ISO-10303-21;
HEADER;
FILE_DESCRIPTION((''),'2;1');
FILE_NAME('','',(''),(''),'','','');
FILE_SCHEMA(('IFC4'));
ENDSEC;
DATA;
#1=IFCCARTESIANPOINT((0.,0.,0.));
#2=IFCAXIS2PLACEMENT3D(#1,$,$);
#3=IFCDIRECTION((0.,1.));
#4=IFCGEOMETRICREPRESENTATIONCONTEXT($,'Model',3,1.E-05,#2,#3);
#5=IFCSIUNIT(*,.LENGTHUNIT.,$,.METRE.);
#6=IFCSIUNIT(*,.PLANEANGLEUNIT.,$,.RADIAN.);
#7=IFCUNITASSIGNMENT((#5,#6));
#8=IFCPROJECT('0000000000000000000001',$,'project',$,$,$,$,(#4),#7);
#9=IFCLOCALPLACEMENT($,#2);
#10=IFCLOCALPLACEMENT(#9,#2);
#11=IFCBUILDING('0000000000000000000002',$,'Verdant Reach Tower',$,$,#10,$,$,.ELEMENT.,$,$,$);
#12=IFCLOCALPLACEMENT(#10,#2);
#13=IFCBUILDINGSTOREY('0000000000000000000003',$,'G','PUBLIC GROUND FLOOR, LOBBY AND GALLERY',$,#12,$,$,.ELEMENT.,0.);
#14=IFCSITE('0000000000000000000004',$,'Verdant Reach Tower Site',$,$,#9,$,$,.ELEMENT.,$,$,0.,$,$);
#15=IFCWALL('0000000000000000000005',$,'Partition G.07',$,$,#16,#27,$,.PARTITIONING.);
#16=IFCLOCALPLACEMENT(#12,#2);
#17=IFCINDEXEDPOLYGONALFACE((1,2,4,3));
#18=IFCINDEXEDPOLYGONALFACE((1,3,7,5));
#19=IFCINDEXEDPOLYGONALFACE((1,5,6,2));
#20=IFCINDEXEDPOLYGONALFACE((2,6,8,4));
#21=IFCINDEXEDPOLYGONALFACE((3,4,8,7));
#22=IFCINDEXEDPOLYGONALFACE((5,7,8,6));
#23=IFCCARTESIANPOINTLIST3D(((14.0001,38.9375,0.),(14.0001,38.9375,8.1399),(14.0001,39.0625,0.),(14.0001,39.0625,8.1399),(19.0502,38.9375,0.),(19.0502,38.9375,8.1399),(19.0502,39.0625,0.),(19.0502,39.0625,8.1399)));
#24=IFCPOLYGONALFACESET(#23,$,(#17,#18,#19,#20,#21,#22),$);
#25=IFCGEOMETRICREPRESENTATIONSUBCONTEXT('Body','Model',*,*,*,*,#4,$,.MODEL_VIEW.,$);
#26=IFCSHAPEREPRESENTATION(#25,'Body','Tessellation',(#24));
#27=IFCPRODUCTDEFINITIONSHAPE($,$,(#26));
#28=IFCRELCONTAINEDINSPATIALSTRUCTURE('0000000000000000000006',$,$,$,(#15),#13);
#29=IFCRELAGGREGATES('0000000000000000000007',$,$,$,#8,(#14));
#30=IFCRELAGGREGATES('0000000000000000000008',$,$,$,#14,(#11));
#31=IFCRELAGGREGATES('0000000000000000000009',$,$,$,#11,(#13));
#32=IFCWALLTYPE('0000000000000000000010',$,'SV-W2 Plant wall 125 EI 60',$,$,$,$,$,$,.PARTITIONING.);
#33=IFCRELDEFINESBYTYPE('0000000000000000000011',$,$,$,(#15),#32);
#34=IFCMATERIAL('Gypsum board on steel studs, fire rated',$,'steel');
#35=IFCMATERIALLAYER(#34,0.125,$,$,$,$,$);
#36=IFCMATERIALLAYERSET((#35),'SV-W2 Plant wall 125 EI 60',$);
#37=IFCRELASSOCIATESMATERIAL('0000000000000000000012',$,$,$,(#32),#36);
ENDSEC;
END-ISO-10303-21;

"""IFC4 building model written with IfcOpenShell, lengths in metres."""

from ifc_helpers import new_model, si_unit, direction, frame, frame_2d, origin, place, context, subcontext, project, spatial, rectangle, extrude, material, layer, layer_set, type_object, element, save


model = new_model("IFC4")

# Units and contexts
model_context = context("Model", 3, precision=1e-05, world=origin(), true_north=direction((0.0, 1.0)))
body_context = subcontext(model_context, "Body", "Model", "MODEL_VIEW")
ifc_project = project(units=[si_unit("LENGTHUNIT", "METRE"), si_unit("PLANEANGLEUNIT", "RADIAN")], contexts=[model_context])

# Site, building, storey
site_placement = place(None, origin())
site = spatial("IfcSite", under=ifc_project, at=site_placement, Name="Verdant Reach Tower Site", CompositionType="ELEMENT", RefElevation=0.0)
building_placement = place(site_placement, origin())
building = spatial("IfcBuilding", under=site, at=building_placement, Name="Verdant Reach Tower", CompositionType="ELEMENT")
storey_placement = place(building_placement, origin())
storey = spatial("IfcBuildingStorey", under=building, at=storey_placement, Name="G", Description="PUBLIC GROUND FLOOR, LOBBY AND GALLERY", CompositionType="ELEMENT", Elevation=0.0)

# Wall
ifc_material_1 = material(Name="Gypsum board on steel studs, fire rated", Category="steel")
ifc_layer_1 = layer(ifc_material_1, 0.125)
ifc_layer_set_1 = layer_set([ifc_layer_1], Name="SV-W2 Plant wall 125 EI 60")
wall_type = type_object("IfcWallType", Name="SV-W2 Plant wall 125 EI 60", PredefinedType="PARTITIONING", material=ifc_layer_set_1)
wall_placement = place(storey_placement, frame((19.05, 39.0, 0.0), z_axis=(0.0, 0.0, 1.0), x_axis=(-1.0, 0.0, 0.0)))
element("IfcWall", 1, at=wall_placement, inside=storey, type_object=wall_type, Name="Partition G.07", PredefinedType="PARTITIONING", context=body_context, shape_type="SweptSolid", body=[
    extrude(rectangle(XDim=5.05, YDim=0.125, at=frame_2d((2.5249, 0.0))), origin(), (0.0, 0.0, 1.0), 8.1399),
])

save(model, "model.ifc")
